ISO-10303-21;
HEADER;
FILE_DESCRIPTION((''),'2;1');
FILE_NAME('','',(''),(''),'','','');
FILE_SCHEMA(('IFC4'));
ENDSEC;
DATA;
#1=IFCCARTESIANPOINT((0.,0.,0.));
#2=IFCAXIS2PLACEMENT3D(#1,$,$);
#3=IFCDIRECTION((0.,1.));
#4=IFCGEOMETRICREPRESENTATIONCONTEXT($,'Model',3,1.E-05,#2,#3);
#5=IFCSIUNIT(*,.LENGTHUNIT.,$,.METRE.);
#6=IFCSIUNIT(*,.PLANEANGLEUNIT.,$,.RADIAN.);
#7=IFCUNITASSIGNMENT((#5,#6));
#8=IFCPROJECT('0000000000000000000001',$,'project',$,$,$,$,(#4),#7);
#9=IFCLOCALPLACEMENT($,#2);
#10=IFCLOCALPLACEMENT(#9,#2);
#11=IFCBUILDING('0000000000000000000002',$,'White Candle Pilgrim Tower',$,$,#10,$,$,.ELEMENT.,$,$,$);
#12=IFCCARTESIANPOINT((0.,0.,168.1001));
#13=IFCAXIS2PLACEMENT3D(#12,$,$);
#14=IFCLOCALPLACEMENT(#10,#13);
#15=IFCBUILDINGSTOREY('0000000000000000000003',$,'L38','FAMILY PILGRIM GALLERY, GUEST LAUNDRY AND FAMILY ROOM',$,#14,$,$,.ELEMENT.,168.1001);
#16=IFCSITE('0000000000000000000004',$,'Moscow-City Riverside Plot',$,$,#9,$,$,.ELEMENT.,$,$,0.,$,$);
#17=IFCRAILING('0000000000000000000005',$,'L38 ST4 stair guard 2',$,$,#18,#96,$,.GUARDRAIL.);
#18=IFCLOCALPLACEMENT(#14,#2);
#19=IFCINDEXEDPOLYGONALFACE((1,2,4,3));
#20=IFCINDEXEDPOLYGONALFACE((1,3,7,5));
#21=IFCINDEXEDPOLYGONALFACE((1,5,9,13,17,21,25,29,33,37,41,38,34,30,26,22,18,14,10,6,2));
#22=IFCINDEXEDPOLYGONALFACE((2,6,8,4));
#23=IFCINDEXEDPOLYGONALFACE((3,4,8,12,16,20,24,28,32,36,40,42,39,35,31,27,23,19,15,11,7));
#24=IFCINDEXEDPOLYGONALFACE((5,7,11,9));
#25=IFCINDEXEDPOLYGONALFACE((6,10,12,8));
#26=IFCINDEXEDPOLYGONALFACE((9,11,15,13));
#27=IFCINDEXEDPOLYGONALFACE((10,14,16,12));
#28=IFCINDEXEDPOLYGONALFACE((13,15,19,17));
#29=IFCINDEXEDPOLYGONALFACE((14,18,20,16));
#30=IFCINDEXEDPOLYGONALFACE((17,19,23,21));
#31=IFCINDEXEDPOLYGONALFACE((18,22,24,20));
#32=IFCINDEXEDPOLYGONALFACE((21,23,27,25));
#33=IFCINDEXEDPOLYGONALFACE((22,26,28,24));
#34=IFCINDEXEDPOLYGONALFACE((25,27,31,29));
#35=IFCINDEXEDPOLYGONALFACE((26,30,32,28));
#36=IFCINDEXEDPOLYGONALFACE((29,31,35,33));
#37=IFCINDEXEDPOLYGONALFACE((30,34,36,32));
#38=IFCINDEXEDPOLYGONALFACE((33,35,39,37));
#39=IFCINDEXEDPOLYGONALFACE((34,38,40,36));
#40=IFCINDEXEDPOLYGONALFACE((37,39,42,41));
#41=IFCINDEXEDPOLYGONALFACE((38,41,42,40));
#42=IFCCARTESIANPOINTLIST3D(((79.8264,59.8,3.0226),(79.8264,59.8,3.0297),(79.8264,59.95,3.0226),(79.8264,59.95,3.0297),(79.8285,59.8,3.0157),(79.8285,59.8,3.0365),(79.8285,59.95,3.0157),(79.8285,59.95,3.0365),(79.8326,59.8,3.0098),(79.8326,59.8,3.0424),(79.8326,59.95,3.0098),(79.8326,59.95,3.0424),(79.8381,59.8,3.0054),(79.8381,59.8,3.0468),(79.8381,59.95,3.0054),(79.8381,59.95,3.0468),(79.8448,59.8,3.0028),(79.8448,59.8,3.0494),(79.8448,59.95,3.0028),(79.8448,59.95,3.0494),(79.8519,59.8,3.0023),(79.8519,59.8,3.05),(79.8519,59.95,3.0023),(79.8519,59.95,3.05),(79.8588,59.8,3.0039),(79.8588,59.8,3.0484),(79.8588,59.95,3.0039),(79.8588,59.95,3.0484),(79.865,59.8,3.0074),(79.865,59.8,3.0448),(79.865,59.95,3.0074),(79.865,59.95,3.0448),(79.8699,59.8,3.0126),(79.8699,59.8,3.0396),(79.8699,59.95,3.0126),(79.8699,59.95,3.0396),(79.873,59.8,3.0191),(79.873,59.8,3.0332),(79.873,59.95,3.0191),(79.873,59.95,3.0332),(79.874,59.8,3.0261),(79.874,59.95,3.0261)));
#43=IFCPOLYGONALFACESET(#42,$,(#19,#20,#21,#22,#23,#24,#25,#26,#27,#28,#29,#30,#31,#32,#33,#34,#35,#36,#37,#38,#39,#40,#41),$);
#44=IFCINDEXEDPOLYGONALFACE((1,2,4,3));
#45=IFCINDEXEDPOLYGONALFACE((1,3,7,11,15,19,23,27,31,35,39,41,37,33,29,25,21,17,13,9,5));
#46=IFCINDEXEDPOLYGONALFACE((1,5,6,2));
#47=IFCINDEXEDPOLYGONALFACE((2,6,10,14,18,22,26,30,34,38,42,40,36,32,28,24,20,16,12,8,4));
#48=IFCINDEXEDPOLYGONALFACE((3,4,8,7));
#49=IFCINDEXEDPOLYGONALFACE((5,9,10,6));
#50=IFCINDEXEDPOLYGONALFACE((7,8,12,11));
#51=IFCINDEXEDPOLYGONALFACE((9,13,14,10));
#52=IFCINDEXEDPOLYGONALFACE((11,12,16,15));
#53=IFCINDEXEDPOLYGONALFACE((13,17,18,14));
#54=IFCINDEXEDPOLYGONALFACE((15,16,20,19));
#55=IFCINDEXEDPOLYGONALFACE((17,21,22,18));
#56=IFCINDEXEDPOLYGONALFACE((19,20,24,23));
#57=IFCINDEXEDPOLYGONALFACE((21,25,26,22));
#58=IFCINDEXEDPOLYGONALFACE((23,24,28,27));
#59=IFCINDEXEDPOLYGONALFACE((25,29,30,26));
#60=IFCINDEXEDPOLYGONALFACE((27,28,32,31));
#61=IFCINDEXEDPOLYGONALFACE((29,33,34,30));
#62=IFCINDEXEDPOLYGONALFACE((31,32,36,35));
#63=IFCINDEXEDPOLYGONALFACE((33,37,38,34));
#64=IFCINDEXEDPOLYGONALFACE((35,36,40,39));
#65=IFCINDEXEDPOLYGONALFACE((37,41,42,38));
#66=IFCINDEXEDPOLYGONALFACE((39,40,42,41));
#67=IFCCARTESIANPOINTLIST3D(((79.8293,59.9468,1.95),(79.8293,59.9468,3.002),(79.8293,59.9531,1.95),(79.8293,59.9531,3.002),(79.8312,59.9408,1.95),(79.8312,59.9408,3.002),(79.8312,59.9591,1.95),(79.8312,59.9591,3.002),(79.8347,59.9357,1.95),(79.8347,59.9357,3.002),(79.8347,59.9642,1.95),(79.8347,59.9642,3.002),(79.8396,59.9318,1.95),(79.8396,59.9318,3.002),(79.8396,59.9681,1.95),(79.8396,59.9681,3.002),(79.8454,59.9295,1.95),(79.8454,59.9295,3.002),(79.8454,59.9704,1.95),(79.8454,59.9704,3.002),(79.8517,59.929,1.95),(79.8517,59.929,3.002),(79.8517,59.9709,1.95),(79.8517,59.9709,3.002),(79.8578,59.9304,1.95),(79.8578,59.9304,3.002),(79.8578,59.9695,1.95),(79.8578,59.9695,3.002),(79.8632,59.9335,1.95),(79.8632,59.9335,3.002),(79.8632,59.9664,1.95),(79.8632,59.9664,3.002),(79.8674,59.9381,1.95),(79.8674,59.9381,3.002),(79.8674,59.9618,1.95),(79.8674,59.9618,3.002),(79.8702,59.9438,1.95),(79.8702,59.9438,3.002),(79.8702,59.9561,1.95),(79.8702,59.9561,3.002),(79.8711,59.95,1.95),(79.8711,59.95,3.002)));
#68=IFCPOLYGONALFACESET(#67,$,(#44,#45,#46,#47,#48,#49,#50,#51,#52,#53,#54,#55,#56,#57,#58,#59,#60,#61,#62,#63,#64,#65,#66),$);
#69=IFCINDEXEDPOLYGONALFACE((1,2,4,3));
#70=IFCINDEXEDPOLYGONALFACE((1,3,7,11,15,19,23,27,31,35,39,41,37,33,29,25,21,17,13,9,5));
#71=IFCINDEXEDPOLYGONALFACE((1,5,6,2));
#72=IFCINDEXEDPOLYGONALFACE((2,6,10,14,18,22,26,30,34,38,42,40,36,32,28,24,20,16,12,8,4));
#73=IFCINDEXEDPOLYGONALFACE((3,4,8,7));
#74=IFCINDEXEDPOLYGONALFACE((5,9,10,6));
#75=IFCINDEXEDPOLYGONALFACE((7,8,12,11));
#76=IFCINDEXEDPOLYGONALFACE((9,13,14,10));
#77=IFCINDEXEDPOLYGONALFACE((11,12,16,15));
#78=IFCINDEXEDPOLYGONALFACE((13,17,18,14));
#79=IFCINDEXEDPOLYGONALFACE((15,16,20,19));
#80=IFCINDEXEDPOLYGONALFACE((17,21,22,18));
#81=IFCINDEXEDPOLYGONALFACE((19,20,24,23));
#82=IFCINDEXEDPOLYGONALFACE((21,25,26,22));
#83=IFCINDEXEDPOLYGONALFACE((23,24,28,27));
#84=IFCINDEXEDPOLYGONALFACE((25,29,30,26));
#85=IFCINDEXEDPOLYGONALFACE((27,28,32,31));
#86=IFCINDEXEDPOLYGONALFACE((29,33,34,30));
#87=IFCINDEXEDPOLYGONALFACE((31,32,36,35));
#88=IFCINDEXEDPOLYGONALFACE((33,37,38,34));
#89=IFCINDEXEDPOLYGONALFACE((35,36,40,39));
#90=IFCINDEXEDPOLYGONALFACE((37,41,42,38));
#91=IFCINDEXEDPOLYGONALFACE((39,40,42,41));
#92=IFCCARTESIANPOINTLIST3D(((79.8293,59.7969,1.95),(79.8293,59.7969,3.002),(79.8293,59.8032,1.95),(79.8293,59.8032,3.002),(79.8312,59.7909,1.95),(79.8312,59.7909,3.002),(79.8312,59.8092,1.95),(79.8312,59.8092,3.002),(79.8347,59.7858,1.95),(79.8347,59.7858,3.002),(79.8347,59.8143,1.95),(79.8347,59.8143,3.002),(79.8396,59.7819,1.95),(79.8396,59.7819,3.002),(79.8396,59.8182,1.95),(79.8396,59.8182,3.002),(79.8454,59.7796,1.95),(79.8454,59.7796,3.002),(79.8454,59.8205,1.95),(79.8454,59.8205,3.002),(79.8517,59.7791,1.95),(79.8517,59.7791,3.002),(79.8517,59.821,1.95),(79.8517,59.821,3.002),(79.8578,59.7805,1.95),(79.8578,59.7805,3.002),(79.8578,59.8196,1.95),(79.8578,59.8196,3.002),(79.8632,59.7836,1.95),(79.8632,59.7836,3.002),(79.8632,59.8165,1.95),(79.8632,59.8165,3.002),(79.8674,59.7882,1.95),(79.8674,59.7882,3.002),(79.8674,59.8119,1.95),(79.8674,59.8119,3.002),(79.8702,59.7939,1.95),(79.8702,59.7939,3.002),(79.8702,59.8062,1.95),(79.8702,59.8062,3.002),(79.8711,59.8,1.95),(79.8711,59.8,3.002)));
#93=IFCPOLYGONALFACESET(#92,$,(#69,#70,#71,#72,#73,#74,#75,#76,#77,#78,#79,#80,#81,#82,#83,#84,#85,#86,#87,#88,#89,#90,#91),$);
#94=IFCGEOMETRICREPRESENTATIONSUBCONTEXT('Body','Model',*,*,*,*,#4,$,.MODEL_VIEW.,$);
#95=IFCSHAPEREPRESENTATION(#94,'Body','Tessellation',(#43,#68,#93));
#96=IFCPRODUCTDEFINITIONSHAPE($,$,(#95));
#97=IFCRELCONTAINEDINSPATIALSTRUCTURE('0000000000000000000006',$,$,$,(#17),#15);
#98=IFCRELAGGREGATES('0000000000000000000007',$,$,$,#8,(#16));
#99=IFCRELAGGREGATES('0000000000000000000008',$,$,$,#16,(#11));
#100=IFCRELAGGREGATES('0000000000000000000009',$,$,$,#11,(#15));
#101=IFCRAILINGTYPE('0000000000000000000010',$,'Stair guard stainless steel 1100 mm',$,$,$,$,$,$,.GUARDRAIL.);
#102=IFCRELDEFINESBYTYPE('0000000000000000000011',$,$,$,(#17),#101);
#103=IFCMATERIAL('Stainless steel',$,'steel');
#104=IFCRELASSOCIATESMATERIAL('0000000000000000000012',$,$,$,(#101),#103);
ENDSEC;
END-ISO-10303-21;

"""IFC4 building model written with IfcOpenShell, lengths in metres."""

from ifc_helpers import new_model, si_unit, direction, frame, origin, origin_2d, place, context, subcontext, project, spatial, circle, extrude, material, type_object, element, save


model = new_model("IFC4")

# Units and contexts
model_context = context("Model", 3, precision=1e-05, world=origin(), true_north=direction((0.0, 1.0)))
body_context = subcontext(model_context, "Body", "Model", "MODEL_VIEW")
ifc_project = project(units=[si_unit("LENGTHUNIT", "METRE"), si_unit("PLANEANGLEUNIT", "RADIAN")], contexts=[model_context])

# Site, building, storey
site_placement = place(None, origin())
site = spatial("IfcSite", under=ifc_project, at=site_placement, Name="Moscow-City Riverside Plot", CompositionType="ELEMENT", RefElevation=0.0)
building_placement = place(site_placement, origin())
building = spatial("IfcBuilding", under=site, at=building_placement, Name="White Candle Pilgrim Tower", CompositionType="ELEMENT")
storey_placement = place(building_placement, frame((0.0, 0.0, 168.1001)))
storey = spatial("IfcBuildingStorey", under=building, at=storey_placement, Name="L38", Description="FAMILY PILGRIM GALLERY, GUEST LAUNDRY AND FAMILY ROOM", CompositionType="ELEMENT", Elevation=168.1001)

# Railing
ifc_material_1 = material(Name="Stainless steel", Category="steel")
railing_type_1 = type_object("IfcRailingType", Name="Stair guard stainless steel 1100 mm", PredefinedType="GUARDRAIL", material=ifc_material_1)
railing_1_placement = place(storey_placement, frame((79.8501, 59.95, 1.95)))
element("IfcRailing", 1, at=railing_1_placement, inside=storey, type_object=railing_type_1, Name="L38 ST4 stair guard 2", PredefinedType="GUARDRAIL", context=body_context, shape_type="SweptSolid", body=[
    extrude(circle(Radius=0.0239, at=origin_2d()), frame((0.0, 0.0, 1.0762), z_axis=(0.0, -1.0, 0.0), x_axis=(1.0, 0.0, 0.0)), (0.0, 0.0, 1.0), 0.1499),
    extrude(circle(Radius=0.021, at=origin_2d()), origin(), (0.0, 0.0, 1.0), 1.052),
    extrude(circle(Radius=0.021, at=origin_2d()), frame((0.0, -0.1499, 0.0)), (0.0, 0.0, 1.0), 1.052),
])

save(model, "model.ifc")
